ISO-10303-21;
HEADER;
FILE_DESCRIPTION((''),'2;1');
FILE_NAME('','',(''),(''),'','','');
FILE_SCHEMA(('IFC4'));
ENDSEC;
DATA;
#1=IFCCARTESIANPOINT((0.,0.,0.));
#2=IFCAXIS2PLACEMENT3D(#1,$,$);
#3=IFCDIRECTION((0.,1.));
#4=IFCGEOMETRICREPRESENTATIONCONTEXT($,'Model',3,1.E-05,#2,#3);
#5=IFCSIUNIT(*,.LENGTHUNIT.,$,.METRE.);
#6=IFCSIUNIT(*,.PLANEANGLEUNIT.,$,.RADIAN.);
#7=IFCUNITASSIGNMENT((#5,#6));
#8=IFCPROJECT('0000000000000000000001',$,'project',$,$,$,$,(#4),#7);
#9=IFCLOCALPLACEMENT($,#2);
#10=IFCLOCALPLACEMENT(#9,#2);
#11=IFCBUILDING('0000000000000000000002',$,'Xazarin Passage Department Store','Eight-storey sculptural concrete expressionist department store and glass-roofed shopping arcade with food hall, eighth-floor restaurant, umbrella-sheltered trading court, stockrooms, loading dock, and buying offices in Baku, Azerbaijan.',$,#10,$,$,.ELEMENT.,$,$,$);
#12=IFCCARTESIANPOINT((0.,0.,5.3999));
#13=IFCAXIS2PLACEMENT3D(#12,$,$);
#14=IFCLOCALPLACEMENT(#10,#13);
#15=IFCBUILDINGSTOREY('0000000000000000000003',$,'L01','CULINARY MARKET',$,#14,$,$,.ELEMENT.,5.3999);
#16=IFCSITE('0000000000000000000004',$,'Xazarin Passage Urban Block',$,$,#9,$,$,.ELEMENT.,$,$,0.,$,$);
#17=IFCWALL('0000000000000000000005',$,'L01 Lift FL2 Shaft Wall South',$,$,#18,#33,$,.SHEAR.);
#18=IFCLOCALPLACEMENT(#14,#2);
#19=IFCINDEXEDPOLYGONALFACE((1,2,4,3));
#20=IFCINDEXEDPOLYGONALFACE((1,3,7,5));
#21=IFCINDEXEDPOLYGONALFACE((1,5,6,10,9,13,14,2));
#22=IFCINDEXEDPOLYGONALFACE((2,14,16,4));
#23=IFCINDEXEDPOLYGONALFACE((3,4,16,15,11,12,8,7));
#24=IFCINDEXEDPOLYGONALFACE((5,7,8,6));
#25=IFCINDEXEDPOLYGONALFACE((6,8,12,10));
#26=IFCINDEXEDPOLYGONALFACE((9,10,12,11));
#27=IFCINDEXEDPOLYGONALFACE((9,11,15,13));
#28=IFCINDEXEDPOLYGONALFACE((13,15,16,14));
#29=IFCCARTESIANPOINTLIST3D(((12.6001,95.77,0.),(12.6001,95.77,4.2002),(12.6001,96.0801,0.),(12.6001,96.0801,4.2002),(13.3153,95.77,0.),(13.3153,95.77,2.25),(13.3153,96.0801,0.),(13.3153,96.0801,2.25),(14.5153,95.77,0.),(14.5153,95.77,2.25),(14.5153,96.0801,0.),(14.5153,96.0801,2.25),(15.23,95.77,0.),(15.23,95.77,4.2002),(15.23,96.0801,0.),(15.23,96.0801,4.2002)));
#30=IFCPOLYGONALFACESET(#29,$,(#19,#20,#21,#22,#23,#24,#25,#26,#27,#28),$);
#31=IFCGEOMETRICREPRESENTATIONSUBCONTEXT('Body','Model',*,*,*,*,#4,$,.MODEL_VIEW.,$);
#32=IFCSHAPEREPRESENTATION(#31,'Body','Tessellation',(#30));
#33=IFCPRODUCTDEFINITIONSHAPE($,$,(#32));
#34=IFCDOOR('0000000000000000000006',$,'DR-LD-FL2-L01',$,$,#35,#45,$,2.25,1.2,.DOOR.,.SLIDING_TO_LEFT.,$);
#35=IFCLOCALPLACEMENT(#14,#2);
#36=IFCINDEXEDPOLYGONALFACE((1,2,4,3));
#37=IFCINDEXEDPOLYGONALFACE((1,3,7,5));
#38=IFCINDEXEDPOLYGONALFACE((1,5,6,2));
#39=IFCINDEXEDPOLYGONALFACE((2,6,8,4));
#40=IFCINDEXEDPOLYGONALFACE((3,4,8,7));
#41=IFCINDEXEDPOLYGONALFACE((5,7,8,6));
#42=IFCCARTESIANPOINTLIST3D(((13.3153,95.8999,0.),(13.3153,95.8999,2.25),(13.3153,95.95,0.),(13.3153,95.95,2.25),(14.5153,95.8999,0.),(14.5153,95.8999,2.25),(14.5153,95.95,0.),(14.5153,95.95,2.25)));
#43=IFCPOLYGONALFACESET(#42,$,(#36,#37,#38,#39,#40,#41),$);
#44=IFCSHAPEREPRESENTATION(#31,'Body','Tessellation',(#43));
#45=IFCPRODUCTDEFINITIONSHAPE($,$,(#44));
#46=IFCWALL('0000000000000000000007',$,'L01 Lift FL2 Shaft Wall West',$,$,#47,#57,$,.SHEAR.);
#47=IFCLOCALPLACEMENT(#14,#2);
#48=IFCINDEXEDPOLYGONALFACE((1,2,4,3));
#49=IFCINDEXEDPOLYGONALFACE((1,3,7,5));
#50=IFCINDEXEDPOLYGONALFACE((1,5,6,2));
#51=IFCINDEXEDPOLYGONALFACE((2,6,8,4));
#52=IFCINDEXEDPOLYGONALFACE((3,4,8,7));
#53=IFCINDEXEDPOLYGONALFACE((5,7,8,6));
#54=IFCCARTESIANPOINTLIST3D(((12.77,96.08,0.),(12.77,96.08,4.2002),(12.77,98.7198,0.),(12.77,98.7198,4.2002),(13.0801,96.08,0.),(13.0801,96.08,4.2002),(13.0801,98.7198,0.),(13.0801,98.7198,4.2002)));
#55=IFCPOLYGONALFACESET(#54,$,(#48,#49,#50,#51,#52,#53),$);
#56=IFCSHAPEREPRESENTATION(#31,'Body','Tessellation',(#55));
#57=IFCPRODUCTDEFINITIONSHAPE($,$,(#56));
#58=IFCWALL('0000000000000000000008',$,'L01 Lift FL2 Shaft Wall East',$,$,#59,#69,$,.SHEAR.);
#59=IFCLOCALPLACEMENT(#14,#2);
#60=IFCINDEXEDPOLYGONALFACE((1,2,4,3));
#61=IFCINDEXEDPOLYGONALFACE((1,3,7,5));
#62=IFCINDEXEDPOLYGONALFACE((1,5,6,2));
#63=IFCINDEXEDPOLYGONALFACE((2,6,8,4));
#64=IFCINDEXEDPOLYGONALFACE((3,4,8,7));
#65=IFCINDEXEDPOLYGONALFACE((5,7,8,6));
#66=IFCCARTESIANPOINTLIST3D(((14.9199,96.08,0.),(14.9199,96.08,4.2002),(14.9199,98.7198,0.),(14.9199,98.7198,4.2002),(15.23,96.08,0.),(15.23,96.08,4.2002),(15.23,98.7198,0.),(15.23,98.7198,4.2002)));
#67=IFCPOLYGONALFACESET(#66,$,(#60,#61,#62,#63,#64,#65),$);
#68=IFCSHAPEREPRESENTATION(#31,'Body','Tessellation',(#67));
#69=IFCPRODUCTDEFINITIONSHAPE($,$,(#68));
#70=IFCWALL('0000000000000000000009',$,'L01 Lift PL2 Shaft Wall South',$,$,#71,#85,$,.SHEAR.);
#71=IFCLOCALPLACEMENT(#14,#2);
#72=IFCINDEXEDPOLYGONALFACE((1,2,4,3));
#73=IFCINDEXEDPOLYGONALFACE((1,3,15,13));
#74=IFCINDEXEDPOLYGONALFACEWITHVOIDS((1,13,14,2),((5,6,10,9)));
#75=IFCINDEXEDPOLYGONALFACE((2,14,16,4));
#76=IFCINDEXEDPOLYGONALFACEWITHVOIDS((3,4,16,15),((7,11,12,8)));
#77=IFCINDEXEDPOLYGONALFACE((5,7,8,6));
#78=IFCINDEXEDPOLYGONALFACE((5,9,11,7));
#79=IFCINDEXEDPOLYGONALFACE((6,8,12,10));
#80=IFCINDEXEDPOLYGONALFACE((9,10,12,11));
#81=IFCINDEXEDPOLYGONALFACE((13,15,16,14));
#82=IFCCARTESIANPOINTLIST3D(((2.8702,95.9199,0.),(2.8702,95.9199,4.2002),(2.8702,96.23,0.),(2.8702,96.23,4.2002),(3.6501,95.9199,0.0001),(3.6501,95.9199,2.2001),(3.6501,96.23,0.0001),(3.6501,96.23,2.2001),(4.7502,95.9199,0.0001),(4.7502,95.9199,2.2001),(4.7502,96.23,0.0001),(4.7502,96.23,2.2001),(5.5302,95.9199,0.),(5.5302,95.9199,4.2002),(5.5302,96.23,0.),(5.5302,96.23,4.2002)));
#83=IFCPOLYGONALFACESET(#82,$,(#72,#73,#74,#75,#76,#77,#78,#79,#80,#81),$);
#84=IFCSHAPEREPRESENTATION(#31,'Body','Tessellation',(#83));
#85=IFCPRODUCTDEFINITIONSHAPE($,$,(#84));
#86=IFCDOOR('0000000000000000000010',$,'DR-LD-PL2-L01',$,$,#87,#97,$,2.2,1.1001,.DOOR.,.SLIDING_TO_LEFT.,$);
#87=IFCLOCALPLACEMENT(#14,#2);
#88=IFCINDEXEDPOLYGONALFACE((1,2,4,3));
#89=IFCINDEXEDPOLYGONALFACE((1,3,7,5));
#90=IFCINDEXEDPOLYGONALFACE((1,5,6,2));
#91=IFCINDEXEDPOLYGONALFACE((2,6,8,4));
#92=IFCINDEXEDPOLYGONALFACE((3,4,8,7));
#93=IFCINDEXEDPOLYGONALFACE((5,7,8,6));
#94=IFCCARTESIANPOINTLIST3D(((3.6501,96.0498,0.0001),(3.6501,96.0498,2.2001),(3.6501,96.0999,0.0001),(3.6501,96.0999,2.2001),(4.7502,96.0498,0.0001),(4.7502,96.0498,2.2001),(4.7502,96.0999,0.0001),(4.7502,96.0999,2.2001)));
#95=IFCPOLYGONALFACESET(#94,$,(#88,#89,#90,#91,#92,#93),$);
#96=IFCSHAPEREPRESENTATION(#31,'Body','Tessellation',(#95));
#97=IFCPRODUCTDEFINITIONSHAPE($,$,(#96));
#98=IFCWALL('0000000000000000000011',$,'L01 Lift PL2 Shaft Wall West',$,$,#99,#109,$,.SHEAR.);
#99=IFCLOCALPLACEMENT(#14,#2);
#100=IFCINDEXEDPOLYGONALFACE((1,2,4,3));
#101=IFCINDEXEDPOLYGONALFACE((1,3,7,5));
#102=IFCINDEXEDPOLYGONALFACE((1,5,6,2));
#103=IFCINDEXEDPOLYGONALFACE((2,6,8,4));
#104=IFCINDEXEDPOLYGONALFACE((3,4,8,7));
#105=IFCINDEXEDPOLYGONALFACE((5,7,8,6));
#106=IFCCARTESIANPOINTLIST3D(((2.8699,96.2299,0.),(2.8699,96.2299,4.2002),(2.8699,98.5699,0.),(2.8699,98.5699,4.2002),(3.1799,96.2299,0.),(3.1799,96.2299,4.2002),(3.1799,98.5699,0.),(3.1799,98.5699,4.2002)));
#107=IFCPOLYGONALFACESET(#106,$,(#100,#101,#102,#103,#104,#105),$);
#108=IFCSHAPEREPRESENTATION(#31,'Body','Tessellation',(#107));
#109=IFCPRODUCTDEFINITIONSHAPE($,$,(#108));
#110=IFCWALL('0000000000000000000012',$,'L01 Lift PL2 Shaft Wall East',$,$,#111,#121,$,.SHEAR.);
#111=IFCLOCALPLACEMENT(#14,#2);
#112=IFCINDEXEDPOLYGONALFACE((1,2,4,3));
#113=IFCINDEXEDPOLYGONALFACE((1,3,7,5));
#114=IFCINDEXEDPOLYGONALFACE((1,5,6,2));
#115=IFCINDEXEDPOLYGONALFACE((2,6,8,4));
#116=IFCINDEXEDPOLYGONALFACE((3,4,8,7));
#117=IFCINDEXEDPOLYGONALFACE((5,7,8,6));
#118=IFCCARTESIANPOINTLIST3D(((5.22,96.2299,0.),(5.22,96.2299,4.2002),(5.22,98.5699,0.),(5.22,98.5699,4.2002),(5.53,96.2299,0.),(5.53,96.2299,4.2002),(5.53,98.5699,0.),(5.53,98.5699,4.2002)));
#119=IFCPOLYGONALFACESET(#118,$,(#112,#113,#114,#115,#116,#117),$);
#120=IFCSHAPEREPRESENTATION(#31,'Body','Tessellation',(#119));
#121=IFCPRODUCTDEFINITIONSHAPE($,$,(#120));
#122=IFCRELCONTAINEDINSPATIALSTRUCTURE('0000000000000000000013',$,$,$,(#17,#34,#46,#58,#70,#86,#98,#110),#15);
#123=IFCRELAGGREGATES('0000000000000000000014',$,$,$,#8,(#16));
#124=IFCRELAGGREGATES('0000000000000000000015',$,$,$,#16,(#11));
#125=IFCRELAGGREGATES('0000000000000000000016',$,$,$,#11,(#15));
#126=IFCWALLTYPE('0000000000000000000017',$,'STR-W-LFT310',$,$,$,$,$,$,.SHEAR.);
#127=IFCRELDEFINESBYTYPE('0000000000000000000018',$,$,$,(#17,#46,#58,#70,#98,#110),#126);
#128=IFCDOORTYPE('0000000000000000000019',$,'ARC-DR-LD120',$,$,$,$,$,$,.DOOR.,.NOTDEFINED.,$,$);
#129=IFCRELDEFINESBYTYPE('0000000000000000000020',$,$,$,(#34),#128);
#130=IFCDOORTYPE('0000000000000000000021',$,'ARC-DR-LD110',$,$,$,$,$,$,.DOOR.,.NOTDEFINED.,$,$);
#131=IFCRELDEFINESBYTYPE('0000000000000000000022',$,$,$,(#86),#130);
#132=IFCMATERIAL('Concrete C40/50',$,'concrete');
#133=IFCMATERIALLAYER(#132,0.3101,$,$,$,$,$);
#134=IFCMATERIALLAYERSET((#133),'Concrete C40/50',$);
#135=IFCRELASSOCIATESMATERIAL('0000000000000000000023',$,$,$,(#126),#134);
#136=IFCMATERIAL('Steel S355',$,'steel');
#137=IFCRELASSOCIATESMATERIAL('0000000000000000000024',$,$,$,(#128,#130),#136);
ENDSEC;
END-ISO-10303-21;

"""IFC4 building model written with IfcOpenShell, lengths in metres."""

from ifc_helpers import new_model, si_unit, direction, frame, frame_2d, origin, place, context, subcontext, project, spatial, rectangle, extrude, material, layer, layer_set, type_object, element, fill, save


model = new_model("IFC4")

# Units and contexts
model_context = context("Model", 3, precision=1e-05, world=origin(), true_north=direction((0.0, 1.0)))
body_context = subcontext(model_context, "Body", "Model", "MODEL_VIEW")
ifc_project = project(units=[si_unit("LENGTHUNIT", "METRE"), si_unit("PLANEANGLEUNIT", "RADIAN")], contexts=[model_context])

# Site, building, storey
site_placement = place(None, origin())
site = spatial("IfcSite", under=ifc_project, at=site_placement, Name="Xazarin Passage Urban Block", CompositionType="ELEMENT", RefElevation=0.0)
building_placement = place(site_placement, origin())
building = spatial("IfcBuilding", under=site, at=building_placement, Name="Xazarin Passage Department Store", Description="Eight-storey sculptural concrete expressionist department store and glass-roofed shopping arcade with food hall, eighth-floor restaurant, umbrella-sheltered trading court, stockrooms, loading dock, and buying offices in Baku, Azerbaijan.", CompositionType="ELEMENT")
storey_placement = place(building_placement, frame((0.0, 0.0, 5.3999)))
storey = spatial("IfcBuildingStorey", under=building, at=storey_placement, Name="L01", Description="CULINARY MARKET", CompositionType="ELEMENT", Elevation=5.3999)

# Shared definitions
ifc_material_1 = material(Name="Concrete C40/50", Category="concrete")

# Shared definitions
ifc_material_2 = material(Name="Steel S355", Category="steel")

# Shared definitions
ifc_layer_1 = layer(ifc_material_1, 0.3101)
ifc_layer_set_1 = layer_set([ifc_layer_1], Name="Concrete C40/50")
wall_type_1 = type_object("IfcWallType", Name="STR-W-LFT310", PredefinedType="SHEAR", material=ifc_layer_set_1)
door_type_1 = type_object("IfcDoorType", Name="ARC-DR-LD120", OperationType="NOTDEFINED", PredefinedType="DOOR", material=ifc_material_2)

# Wall, opening, door
wall_1_placement = place(storey_placement, frame((12.6001, 95.925, 0.0), z_axis=(0.0, 0.0, 1.0), x_axis=(1.0, 0.0, 0.0)))
wall_1 = element("IfcWall", 1, at=wall_1_placement, inside=storey, type_object=wall_type_1, Name="L01 Lift FL2 Shaft Wall South", PredefinedType="SHEAR", context=body_context, shape_type="SweptSolid", body=[
    extrude(rectangle(XDim=2.6299, YDim=0.3101, at=frame_2d((1.3149, 0.0))), origin(), (0.0, 0.0, 1.0), 4.2002),
])
opening_1_placement = place(wall_1_placement, frame((0.7151, 0.0, 0.0)))
opening_1 = element("IfcOpeningElement", 2, at=opening_1_placement, cuts=wall_1, PredefinedType="OPENING", context=body_context, shape_type="SweptSolid", body=[
    extrude(rectangle(XDim=1.2, YDim=2.25, at=frame_2d((0.6001, 1.125))), frame((0.0, 0.165, 0.0), z_axis=(0.0, -1.0, 0.0), x_axis=(1.0, 0.0, 0.0)), (0.0, 0.0, 1.0), 0.3301),
])
door_1_placement = place(opening_1_placement, origin())
door_1 = element("IfcDoor", 3, at=door_1_placement, inside=storey, type_object=door_type_1, Name="DR-LD-FL2-L01", OperationType="SLIDING_TO_LEFT", OverallHeight=2.25, OverallWidth=1.2, PredefinedType="DOOR", context=body_context, shape_type="SweptSolid", body=[
    extrude(rectangle(XDim=1.2, YDim=2.25, at=frame_2d((0.6001, 1.125))), frame((0.0, 0.0249, 0.0), z_axis=(0.0, -1.0, 0.0), x_axis=(1.0, 0.0, 0.0)), (0.0, 0.0, 1.0), 0.05),
])
fill(opening_1, door_1)

# Walls
for number, where, z_axis, x_axis, name in (
    (4, (12.925, 96.0801, 0.0), (0.0, 0.0, 1.0), (0.0, 1.0, 0.0), "L01 Lift FL2 Shaft Wall West"),
    (5, (15.075, 96.0801, 0.0), (0.0, 0.0, 1.0), (0.0, 1.0, 0.0), "L01 Lift FL2 Shaft Wall East"),
):
    element("IfcWall", number, at=place(storey_placement, frame(where, z_axis=z_axis, x_axis=x_axis)), inside=storey, type_object=wall_type_1, Name=name, PredefinedType="SHEAR", context=body_context, shape_type="SweptSolid", body=[
        extrude(rectangle(XDim=2.6399, YDim=0.3101, at=frame_2d((1.3198, 0.0))), origin(), (0.0, 0.0, 1.0), 4.2002),
    ])

# Wall, opening, door
wall_2_placement = place(storey_placement, frame((2.8701, 96.075, 0.0), z_axis=(0.0, 0.0, 1.0), x_axis=(1.0, 0.0, 0.0)))
wall_2 = element("IfcWall", 6, at=wall_2_placement, inside=storey, type_object=wall_type_1, Name="L01 Lift PL2 Shaft Wall South", PredefinedType="SHEAR", context=body_context, shape_type="SweptSolid", body=[
    extrude(rectangle(XDim=2.6599, YDim=0.3101, at=frame_2d((1.3301, 0.0))), origin(), (0.0, 0.0, 1.0), 4.2002),
])
opening_2_placement = place(wall_2_placement, frame((0.78, 0.0, 0.0)))
opening_2 = element("IfcOpeningElement", 7, at=opening_2_placement, cuts=wall_2, PredefinedType="OPENING", context=body_context, shape_type="SweptSolid", body=[
    extrude(rectangle(XDim=1.1001, YDim=2.2, at=frame_2d((0.55, 1.1001))), frame((0.0, 0.165, 0.0), z_axis=(0.0, -1.0, 0.0), x_axis=(1.0, 0.0, 0.0)), (0.0, 0.0, 1.0), 0.3301),
])
door_type_2 = type_object("IfcDoorType", Name="ARC-DR-LD110", OperationType="NOTDEFINED", PredefinedType="DOOR", material=ifc_material_2)
door_2_placement = place(opening_2_placement, origin())
door_2 = element("IfcDoor", 8, at=door_2_placement, inside=storey, type_object=door_type_2, Name="DR-LD-PL2-L01", OperationType="SLIDING_TO_LEFT", OverallHeight=2.2, OverallWidth=1.1001, PredefinedType="DOOR", context=body_context, shape_type="SweptSolid", body=[
    extrude(rectangle(XDim=1.1001, YDim=2.2, at=frame_2d((0.55, 1.1001))), frame((0.0, 0.0249, 0.0), z_axis=(0.0, -1.0, 0.0), x_axis=(1.0, 0.0, 0.0)), (0.0, 0.0, 1.0), 0.05),
])
fill(opening_2, door_2)

# Walls
for number, where, z_axis, x_axis, name in (
    (9, (3.0249, 96.23, 0.0), (0.0, 0.0, 1.0), (0.0, 1.0, 0.0), "L01 Lift PL2 Shaft Wall West"),
    (10, (5.375, 96.23, 0.0), (0.0, 0.0, 1.0), (0.0, 1.0, 0.0), "L01 Lift PL2 Shaft Wall East"),
):
    element("IfcWall", number, at=place(storey_placement, frame(where, z_axis=z_axis, x_axis=x_axis)), inside=storey, type_object=wall_type_1, Name=name, PredefinedType="SHEAR", context=body_context, shape_type="SweptSolid", body=[
        extrude(rectangle(XDim=2.3401, YDim=0.3101, at=frame_2d((1.1699, 0.0))), origin(), (0.0, 0.0, 1.0), 4.2002),
    ])

save(model, "model.ifc")
